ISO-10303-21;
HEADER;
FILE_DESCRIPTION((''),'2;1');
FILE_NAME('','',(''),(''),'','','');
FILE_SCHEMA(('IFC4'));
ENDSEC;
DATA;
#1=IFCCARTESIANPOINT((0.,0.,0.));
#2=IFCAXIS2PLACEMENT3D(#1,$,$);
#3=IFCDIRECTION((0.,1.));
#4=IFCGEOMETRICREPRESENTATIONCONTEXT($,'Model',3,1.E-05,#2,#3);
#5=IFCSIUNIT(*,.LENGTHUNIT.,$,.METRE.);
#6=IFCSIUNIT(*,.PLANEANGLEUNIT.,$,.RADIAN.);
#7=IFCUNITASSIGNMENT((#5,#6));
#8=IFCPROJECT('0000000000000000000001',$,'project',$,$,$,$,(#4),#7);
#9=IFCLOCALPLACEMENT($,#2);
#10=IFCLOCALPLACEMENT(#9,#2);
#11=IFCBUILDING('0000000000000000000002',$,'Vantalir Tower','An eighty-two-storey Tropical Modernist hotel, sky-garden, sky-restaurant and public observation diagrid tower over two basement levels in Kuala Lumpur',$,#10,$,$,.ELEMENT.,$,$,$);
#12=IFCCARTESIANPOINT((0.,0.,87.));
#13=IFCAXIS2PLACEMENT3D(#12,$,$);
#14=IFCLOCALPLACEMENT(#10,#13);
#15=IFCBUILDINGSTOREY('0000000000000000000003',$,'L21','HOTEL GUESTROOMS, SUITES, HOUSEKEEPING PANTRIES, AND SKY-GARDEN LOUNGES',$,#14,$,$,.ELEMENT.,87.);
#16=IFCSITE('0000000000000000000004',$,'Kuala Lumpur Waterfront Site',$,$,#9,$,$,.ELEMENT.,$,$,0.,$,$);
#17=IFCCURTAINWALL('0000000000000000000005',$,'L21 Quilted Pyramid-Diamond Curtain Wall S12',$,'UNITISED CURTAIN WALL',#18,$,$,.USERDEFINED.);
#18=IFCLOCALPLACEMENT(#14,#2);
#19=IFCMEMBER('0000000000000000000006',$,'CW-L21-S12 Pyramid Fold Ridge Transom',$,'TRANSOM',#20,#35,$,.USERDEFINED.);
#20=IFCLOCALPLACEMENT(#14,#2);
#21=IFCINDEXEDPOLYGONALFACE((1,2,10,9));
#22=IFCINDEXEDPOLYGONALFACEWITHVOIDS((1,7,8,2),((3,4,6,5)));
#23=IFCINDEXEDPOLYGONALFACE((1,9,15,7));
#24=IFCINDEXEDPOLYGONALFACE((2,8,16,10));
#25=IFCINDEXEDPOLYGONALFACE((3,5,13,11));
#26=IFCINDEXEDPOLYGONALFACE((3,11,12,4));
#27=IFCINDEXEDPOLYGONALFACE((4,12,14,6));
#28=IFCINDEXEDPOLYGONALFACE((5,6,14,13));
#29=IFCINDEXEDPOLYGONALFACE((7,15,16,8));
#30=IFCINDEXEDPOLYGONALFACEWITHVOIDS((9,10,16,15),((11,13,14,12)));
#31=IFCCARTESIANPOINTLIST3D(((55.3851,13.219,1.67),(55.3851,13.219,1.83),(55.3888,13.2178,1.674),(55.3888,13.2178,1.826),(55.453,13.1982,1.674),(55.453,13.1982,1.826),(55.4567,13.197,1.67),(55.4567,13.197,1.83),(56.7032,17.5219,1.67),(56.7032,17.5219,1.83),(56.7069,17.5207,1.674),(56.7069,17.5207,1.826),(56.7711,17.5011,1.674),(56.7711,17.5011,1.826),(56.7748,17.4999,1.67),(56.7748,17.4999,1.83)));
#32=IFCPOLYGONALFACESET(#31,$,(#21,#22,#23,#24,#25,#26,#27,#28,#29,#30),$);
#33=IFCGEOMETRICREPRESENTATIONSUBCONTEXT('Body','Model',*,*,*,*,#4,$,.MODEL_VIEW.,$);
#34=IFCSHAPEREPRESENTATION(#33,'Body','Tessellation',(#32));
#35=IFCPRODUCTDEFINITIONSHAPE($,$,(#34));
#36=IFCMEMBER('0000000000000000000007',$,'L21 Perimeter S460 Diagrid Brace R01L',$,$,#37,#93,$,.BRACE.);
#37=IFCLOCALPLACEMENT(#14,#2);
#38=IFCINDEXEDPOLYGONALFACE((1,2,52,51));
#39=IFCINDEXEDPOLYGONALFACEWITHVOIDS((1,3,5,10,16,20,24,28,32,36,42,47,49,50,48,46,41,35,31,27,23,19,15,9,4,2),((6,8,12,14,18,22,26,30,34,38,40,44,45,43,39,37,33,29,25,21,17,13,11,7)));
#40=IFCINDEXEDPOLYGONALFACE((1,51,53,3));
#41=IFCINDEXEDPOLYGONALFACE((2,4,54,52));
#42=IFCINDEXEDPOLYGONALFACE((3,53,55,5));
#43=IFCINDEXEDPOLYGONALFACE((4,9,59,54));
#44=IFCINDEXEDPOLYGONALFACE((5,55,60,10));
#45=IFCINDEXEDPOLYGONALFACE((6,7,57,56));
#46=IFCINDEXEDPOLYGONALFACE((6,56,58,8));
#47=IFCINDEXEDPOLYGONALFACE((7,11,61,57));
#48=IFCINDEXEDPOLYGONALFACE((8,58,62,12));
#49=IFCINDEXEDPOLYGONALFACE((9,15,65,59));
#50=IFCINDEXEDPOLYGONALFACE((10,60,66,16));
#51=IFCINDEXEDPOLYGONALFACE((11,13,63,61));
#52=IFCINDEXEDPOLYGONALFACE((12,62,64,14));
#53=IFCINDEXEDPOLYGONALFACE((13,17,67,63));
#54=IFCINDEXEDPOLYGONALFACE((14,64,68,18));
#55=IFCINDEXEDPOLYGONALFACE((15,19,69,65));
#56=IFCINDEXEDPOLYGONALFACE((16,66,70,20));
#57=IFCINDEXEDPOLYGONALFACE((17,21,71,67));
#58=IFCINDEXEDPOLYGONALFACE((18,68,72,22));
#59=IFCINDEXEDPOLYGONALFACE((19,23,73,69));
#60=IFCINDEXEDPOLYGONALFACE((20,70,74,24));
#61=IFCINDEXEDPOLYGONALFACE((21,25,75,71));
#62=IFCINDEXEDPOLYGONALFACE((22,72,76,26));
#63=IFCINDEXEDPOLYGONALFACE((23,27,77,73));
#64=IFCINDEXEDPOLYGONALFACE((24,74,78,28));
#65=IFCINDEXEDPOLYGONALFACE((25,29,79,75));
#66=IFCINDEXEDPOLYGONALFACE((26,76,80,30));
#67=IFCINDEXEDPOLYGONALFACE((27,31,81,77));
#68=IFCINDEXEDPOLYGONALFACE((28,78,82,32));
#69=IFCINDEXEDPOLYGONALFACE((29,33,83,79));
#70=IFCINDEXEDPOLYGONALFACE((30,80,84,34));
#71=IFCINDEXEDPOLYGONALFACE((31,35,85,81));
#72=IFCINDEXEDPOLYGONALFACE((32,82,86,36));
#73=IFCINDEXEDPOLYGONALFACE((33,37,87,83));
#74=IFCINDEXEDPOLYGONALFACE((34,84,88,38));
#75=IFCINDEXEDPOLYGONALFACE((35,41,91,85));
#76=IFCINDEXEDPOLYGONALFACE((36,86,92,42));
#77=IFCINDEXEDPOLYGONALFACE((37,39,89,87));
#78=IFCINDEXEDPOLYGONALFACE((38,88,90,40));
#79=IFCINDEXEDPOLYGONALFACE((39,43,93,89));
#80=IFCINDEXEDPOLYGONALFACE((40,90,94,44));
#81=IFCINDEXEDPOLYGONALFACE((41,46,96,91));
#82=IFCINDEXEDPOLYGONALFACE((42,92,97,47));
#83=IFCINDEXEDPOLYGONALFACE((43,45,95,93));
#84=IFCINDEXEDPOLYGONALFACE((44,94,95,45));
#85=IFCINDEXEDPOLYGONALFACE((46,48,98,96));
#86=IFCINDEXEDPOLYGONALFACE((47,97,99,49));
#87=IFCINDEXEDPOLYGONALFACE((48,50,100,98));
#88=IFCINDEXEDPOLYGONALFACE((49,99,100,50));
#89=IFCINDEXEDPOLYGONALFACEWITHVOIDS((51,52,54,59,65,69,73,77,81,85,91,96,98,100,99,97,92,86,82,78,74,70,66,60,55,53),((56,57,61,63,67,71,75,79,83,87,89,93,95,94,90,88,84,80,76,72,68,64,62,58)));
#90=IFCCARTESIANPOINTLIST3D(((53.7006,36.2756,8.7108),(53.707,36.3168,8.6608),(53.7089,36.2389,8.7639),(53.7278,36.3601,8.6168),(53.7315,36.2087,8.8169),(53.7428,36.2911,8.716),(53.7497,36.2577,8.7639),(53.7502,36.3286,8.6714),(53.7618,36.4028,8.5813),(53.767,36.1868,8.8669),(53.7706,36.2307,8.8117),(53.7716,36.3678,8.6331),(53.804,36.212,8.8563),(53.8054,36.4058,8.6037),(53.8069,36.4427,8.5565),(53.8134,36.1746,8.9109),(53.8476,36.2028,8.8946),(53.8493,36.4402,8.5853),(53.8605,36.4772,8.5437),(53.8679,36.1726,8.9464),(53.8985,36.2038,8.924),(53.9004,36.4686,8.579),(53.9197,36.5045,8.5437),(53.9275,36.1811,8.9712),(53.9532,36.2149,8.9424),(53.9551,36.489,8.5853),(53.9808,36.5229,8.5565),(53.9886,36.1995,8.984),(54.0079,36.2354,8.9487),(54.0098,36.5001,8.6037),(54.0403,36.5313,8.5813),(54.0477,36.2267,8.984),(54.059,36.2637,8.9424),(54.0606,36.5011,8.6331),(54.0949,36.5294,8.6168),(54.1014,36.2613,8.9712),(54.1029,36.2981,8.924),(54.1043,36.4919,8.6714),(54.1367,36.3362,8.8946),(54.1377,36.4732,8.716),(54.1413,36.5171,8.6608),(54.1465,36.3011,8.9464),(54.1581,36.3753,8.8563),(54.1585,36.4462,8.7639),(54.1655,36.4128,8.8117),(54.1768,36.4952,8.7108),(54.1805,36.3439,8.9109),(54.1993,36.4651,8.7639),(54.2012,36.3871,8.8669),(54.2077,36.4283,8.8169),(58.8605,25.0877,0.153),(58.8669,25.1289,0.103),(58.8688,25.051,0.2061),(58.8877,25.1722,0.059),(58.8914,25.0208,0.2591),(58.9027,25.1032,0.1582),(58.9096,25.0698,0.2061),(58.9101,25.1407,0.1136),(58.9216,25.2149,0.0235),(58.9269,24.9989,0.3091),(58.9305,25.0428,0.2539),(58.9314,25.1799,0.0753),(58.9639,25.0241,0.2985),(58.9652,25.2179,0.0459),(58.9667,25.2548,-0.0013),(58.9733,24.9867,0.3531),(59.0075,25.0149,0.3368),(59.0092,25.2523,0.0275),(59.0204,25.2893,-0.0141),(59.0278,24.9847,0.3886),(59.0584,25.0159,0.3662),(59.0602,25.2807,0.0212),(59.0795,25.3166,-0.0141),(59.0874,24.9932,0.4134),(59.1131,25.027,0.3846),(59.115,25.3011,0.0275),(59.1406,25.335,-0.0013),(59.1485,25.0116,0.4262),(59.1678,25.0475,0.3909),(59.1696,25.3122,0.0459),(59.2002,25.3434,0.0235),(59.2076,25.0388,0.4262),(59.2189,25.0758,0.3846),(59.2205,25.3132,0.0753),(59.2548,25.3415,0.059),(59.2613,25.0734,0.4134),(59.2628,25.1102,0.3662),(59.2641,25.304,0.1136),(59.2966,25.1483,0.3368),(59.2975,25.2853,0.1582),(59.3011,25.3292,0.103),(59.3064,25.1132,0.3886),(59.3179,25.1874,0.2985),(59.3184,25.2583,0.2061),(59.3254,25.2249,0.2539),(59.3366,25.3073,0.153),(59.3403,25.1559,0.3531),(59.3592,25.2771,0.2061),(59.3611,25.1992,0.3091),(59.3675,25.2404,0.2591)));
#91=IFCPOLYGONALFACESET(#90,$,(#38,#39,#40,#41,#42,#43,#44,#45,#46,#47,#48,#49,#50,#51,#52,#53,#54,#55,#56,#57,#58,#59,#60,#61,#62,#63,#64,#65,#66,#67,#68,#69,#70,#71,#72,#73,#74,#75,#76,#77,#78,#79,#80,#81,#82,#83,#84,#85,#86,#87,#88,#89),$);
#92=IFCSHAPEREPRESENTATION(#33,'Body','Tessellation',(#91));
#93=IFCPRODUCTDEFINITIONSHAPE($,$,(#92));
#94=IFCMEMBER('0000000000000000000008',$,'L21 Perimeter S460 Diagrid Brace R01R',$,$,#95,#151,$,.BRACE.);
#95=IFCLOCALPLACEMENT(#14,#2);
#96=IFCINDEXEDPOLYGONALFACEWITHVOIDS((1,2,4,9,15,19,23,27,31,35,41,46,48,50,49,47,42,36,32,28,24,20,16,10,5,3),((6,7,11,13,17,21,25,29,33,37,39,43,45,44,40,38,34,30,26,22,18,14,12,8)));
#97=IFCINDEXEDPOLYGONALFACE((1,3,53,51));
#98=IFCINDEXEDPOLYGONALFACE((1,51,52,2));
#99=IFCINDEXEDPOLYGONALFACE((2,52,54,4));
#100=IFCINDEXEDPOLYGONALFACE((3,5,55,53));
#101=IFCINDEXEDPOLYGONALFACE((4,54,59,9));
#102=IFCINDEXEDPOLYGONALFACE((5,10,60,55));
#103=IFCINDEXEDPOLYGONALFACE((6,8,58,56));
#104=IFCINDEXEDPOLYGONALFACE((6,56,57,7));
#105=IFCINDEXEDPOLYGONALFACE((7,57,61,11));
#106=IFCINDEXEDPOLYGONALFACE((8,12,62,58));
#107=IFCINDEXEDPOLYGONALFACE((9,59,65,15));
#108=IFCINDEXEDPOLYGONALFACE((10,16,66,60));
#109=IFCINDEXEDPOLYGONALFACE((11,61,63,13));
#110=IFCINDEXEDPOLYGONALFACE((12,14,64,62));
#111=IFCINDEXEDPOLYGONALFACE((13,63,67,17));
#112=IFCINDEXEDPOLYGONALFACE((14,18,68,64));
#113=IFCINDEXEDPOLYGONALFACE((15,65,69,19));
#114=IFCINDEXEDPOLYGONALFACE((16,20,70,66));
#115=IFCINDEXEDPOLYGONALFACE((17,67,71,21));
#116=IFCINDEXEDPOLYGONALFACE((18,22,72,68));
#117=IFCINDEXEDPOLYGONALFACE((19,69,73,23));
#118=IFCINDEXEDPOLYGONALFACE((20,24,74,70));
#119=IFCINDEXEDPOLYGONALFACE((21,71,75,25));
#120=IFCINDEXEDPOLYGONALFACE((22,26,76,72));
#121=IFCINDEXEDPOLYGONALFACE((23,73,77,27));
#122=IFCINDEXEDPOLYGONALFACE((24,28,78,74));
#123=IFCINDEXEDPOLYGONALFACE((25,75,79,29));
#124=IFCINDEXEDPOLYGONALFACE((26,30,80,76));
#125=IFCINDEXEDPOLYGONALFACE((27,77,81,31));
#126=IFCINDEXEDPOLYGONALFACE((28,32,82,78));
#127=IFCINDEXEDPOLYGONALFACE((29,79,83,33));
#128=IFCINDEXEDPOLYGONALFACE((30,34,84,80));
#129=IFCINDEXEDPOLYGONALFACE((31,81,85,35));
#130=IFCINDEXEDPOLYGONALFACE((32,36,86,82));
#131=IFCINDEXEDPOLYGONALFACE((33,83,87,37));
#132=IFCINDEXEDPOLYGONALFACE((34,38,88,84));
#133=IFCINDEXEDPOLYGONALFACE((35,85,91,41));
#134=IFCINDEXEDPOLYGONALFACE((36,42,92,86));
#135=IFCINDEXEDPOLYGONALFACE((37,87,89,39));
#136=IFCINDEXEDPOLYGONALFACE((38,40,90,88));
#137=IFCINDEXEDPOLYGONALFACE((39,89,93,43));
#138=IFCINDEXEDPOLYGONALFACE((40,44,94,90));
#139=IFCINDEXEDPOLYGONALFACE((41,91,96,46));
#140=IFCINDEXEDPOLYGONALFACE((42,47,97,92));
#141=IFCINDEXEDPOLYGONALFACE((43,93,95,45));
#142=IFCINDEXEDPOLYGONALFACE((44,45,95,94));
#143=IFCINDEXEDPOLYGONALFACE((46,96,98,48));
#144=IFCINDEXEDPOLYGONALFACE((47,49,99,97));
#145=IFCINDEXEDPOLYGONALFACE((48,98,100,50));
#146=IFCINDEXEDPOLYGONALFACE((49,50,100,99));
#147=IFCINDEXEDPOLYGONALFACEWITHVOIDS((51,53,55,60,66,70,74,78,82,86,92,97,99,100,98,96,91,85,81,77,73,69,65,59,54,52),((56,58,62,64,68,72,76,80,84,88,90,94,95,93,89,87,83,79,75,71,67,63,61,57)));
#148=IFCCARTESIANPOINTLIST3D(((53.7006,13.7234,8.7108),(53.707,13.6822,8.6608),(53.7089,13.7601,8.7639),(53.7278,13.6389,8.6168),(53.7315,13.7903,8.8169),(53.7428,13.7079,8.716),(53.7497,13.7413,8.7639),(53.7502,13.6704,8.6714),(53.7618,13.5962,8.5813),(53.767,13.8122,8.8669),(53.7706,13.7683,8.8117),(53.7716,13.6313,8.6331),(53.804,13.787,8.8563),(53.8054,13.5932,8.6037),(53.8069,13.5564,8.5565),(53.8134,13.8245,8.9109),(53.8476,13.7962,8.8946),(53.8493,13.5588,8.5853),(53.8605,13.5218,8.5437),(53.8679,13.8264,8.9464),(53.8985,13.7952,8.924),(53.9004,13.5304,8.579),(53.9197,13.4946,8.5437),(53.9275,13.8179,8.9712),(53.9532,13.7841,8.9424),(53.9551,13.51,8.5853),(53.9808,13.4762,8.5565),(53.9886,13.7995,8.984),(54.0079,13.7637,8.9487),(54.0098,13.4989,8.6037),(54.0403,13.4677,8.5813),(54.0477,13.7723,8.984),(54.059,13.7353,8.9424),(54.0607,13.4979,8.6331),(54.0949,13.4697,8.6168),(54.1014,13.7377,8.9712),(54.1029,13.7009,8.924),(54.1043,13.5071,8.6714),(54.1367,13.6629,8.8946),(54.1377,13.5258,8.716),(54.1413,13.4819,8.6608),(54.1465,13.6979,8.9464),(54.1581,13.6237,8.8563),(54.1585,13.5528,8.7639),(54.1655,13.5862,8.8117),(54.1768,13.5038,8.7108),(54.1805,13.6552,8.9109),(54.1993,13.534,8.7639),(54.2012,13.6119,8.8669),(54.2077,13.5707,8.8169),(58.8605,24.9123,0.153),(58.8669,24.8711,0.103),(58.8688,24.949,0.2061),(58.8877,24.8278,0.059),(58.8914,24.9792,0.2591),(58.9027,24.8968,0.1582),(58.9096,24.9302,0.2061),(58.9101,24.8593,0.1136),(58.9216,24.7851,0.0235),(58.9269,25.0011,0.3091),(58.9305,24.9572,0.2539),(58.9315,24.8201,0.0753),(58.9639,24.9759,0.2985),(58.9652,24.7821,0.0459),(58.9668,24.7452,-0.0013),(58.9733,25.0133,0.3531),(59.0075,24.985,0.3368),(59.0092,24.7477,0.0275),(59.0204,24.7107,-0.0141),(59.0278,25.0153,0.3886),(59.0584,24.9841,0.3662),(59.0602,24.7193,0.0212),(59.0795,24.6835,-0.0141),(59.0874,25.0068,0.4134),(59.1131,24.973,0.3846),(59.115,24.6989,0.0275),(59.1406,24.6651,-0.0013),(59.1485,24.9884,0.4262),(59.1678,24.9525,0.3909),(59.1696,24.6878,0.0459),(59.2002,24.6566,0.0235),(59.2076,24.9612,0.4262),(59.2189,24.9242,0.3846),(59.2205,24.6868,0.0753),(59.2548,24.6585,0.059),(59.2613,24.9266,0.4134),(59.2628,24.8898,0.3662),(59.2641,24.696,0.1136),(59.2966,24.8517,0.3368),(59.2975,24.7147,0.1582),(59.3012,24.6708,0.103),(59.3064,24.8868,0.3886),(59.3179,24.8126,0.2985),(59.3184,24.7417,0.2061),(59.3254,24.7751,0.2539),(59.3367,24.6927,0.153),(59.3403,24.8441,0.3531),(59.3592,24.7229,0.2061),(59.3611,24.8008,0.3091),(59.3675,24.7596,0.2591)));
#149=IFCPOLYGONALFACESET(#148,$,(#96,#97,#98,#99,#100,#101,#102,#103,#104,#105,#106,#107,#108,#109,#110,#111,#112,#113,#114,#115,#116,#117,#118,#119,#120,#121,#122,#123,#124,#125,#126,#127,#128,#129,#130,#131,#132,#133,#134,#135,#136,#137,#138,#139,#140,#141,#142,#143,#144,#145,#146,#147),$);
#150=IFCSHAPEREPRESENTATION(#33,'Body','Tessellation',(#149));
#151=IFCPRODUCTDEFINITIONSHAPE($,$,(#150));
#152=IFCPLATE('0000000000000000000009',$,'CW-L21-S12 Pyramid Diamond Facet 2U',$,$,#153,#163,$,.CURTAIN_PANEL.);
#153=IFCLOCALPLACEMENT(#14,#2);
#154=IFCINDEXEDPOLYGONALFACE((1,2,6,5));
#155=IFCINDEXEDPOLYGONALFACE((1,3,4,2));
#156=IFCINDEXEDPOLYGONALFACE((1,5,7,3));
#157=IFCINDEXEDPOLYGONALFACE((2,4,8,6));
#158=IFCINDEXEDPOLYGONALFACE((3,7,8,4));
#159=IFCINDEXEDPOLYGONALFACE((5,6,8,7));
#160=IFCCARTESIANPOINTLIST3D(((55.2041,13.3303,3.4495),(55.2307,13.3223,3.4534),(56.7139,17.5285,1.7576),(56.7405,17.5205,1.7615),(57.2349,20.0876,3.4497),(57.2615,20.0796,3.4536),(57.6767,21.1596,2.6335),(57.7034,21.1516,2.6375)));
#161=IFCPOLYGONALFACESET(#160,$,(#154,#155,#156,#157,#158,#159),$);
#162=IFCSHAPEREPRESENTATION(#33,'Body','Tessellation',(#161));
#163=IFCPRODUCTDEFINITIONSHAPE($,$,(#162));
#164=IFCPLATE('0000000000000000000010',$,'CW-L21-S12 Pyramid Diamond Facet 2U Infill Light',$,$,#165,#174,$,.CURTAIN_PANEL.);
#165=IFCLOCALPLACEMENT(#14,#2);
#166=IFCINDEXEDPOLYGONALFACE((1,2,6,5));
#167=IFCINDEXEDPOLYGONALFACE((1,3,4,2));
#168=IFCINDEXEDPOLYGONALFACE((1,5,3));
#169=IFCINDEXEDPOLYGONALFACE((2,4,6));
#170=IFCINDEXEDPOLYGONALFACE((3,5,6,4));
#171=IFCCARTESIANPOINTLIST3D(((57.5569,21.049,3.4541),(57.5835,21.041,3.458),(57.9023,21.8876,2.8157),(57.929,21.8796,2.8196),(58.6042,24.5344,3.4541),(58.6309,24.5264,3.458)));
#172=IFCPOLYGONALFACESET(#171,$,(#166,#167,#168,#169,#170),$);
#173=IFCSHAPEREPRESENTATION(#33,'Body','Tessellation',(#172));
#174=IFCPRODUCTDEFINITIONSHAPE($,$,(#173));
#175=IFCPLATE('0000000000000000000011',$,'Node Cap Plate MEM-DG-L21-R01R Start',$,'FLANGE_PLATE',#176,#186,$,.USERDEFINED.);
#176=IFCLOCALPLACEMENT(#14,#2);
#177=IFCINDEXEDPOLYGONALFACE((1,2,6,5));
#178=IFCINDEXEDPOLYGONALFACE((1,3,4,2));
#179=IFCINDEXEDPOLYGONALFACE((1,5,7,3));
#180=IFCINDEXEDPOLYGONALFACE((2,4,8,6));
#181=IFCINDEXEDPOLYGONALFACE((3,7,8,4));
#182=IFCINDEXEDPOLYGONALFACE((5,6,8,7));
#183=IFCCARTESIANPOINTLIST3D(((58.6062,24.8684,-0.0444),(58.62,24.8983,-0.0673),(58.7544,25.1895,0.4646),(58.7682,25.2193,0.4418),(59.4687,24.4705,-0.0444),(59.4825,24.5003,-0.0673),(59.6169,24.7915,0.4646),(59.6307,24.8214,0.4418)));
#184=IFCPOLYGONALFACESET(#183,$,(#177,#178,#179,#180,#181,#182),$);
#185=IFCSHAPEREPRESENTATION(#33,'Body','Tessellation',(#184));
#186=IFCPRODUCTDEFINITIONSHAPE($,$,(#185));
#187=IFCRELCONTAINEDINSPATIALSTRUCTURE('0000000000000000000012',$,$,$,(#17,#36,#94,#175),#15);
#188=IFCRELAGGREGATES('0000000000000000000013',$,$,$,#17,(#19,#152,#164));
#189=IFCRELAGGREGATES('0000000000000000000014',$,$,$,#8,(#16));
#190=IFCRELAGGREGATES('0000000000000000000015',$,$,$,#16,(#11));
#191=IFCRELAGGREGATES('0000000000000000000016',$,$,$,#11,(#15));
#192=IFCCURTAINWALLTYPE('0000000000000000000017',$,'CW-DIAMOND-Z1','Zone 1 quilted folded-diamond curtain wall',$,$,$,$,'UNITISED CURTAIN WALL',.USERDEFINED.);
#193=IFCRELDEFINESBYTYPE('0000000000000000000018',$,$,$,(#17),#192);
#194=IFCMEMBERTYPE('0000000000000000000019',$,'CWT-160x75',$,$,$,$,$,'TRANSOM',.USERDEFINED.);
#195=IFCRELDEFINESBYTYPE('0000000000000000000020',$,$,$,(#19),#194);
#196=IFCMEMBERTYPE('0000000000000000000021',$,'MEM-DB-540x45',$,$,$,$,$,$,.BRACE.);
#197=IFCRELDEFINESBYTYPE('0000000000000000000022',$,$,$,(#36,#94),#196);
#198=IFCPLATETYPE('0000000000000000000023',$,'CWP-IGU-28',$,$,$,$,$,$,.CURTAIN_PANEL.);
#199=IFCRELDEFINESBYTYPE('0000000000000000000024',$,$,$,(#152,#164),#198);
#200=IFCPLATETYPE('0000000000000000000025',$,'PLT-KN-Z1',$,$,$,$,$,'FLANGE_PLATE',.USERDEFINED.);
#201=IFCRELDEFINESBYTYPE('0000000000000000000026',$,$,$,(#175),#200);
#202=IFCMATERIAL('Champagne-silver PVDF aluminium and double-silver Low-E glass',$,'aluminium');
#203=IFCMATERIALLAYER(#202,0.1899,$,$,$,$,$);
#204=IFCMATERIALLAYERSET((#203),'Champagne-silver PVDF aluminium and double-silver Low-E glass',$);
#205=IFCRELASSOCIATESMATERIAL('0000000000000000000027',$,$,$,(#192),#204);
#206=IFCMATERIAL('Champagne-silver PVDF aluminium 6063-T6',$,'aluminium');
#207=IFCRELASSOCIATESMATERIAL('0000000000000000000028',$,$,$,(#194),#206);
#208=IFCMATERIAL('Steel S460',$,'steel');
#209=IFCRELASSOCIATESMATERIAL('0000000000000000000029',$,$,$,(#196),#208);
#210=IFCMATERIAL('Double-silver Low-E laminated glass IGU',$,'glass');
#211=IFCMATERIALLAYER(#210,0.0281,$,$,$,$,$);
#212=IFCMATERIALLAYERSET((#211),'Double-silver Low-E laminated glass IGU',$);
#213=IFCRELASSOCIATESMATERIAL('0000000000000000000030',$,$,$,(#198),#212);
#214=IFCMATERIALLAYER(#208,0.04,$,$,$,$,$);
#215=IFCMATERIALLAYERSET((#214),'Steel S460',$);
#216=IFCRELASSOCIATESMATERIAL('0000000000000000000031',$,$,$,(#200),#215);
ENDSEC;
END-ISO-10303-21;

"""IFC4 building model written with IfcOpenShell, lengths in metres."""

from ifc_helpers import new_model, si_unit, direction, frame, origin, origin_2d, place, context, subcontext, project, spatial, polyline, hollow_rectangle, hollow_circle, outline, extrude, material, layer, layer_set, material_profile, profile_set, type_object, element, aggregate, save


model = new_model("IFC4")

# Units and contexts
model_context = context("Model", 3, precision=1e-05, world=origin(), true_north=direction((0.0, 1.0)))
body_context = subcontext(model_context, "Body", "Model", "MODEL_VIEW")
ifc_project = project(units=[si_unit("LENGTHUNIT", "METRE"), si_unit("PLANEANGLEUNIT", "RADIAN")], contexts=[model_context])

# Site, building, storey
site_placement = place(None, origin())
site = spatial("IfcSite", under=ifc_project, at=site_placement, Name="Kuala Lumpur Waterfront Site", CompositionType="ELEMENT", RefElevation=0.0)
building_placement = place(site_placement, origin())
building = spatial("IfcBuilding", under=site, at=building_placement, Name="Vantalir Tower", Description="An eighty-two-storey Tropical Modernist hotel, sky-garden, sky-restaurant and public observation diagrid tower over two basement levels in Kuala Lumpur", CompositionType="ELEMENT")
storey_placement = place(building_placement, frame((0.0, 0.0, 87.0)))
storey = spatial("IfcBuildingStorey", under=building, at=storey_placement, Name="L21", Description="HOTEL GUESTROOMS, SUITES, HOUSEKEEPING PANTRIES, AND SKY-GARDEN LOUNGES", CompositionType="ELEMENT", Elevation=87.0)

# Shared definitions
ifc_material_1 = material(Name="Steel S460", Category="steel")

# Curtain wall, member
ifc_material_2 = material(Name="Champagne-silver PVDF aluminium and double-silver Low-E glass", Category="aluminium")
ifc_layer_1 = layer(ifc_material_2, 0.1899)
ifc_layer_set_1 = layer_set([ifc_layer_1], Name="Champagne-silver PVDF aluminium and double-silver Low-E glass")
curtain_wall_type = type_object("IfcCurtainWallType", Name="CW-DIAMOND-Z1", Description="Zone 1 quilted folded-diamond curtain wall", ElementType="UNITISED CURTAIN WALL", PredefinedType="USERDEFINED", material=ifc_layer_set_1)
curtain_wall_placement = place(storey_placement, origin())
curtain_wall = element("IfcCurtainWall", 1, at=curtain_wall_placement, inside=storey, type_object=curtain_wall_type, Name="L21 Quilted Pyramid-Diamond Curtain Wall S12", ObjectType="UNITISED CURTAIN WALL", PredefinedType="USERDEFINED")
ifc_material_3 = material(Name="Champagne-silver PVDF aluminium 6063-T6", Category="aluminium")
ifc_material_profile_1 = material_profile(ifc_material_3, hollow_rectangle(XDim=0.075, YDim=0.1599, WallThickness=0.0039, at=origin_2d()), Name="Champagne-silver PVDF aluminium 6063-T6")
ifc_profile_set_1 = profile_set([ifc_material_profile_1], Name="Champagne-silver PVDF aluminium 6063-T6")
member_type_1 = type_object("IfcMemberType", Name="CWT-160x75", ElementType="TRANSOM", PredefinedType="USERDEFINED", material=ifc_profile_set_1)
member_1_placement = place(storey_placement, frame((55.4209, 13.208, 1.75), z_axis=(0.292892, 0.956145, 0.0), x_axis=(-0.956145, 0.292892, 0.0)))
member_1 = element("IfcMember", 2, at=member_1_placement, type_object=member_type_1, Name="CW-L21-S12 Pyramid Fold Ridge Transom", ObjectType="TRANSOM", PredefinedType="USERDEFINED", context=body_context, shape_type="SweptSolid", body=[
    extrude(hollow_rectangle(XDim=0.075, YDim=0.1599, WallThickness=0.0039, at=origin_2d()), origin(), (0.0, 0.0, 1.0), 4.5002),
])

# Members
ifc_material_profile_2 = material_profile(ifc_material_1, hollow_circle(Radius=0.27, WallThickness=0.0449, at=origin_2d()), Name="Steel S460")
ifc_profile_set_2 = profile_set([ifc_material_profile_2], Name="Steel S460")
member_type_2 = type_object("IfcMemberType", Name="MEM-DB-540x45", PredefinedType="BRACE", material=ifc_profile_set_2)
member_2_placement = place(storey_placement, frame((59.114, 25.1641, 0.2061), z_axis=(-0.343969, 0.745812, 0.570483), x_axis=(-0.908076, -0.418806, 0.0)))
element("IfcMember", 3, at=member_2_placement, inside=storey, type_object=member_type_2, Name="L21 Perimeter S460 Diagrid Brace R01L", PredefinedType="BRACE", context=body_context, shape_type="SweptSolid", body=[
    extrude(hollow_circle(Radius=0.27, WallThickness=0.0449, at=origin_2d()), origin(), (0.0, 0.0, 1.0), 15.001),
])
member_3_placement = place(storey_placement, frame((59.114, 24.8359, 0.2061), z_axis=(-0.343952, -0.74584, 0.570455), x_axis=(0.90809, -0.418775, 0.0)))
element("IfcMember", 4, at=member_3_placement, inside=storey, type_object=member_type_2, Name="L21 Perimeter S460 Diagrid Brace R01R", PredefinedType="BRACE", context=body_context, shape_type="SweptSolid", body=[
    extrude(hollow_circle(Radius=0.27, WallThickness=0.0449, at=origin_2d()), origin(), (0.0, 0.0, 1.0), 15.0017),
])

# Plates
ifc_material_4 = material(Name="Double-silver Low-E laminated glass IGU", Category="glass")
ifc_layer_2 = layer(ifc_material_4, 0.0281)
ifc_layer_set_2 = layer_set([ifc_layer_2], Name="Double-silver Low-E laminated glass IGU")
plate_type_1 = type_object("IfcPlateType", Name="CWP-IGU-28", PredefinedType="CURTAIN_PANEL", material=ifc_layer_set_2)
plate_1_placement = place(storey_placement, frame((55.2307, 13.3223, 3.4534), z_axis=(0.94838, -0.285025, 0.139055), x_axis=(0.287817, 0.957686, 0.000035)))
plate_1 = element("IfcPlate", 5, at=plate_1_placement, type_object=plate_type_1, Name="CW-L21-S12 Pyramid Diamond Facet 2U", PredefinedType="CURTAIN_PANEL", context=body_context, shape_type="SweptSolid", body=[
    extrude(outline(polyline([(0.0, 0.0), (7.0559, 0.0), (8.2097, -0.8242), (4.4551, -1.7086), (0.0, 0.0)])), origin(), (0.0, 0.0, -1.0), 0.0281),
])
plate_2_placement = place(storey_placement, frame((57.5835, 21.041, 3.458), z_axis=(0.94842, -0.285004, 0.138824), x_axis=(0.287791, 0.957693, 0.0)))
plate_2 = element("IfcPlate", 6, at=plate_2_placement, type_object=plate_type_1, Name="CW-L21-S12 Pyramid Diamond Facet 2U Infill Light", PredefinedType="CURTAIN_PANEL", context=body_context, shape_type="SweptSolid", body=[
    extrude(outline(polyline([(0.0, 0.0), (3.6393, 0.0), (0.9026, -0.6447), (0.0, 0.0)])), origin(), (0.0, 0.0, -1.0), 0.0281),
])
aggregate(curtain_wall, [member_1, plate_1, plate_2])

# Plate
ifc_layer_3 = layer(ifc_material_1, 0.04)
ifc_layer_set_3 = layer_set([ifc_layer_3], Name="Steel S460")
plate_type_2 = type_object("IfcPlateType", Name="PLT-KN-Z1", ElementType="FLANGE_PLATE", PredefinedType="USERDEFINED", material=ifc_layer_set_3)
plate_3_placement = place(storey_placement, frame((58.6062, 24.8684, -0.0444), z_axis=(-0.344062, -0.74575, 0.570507), x_axis=(0.90802, -0.418928, 0.0)))
element("IfcPlate", 7, at=plate_3_placement, inside=storey, type_object=plate_type_2, Name="Node Cap Plate MEM-DG-L21-R01R Start", ObjectType="FLANGE_PLATE", PredefinedType="USERDEFINED", context=body_context, shape_type="SweptSolid", body=[
    extrude(outline(polyline([(0.0, 0.0), (0.9499, 0.0), (0.95, 0.6198), (0.0001, 0.6198), (0.0, 0.0)])), origin(), (0.0, 0.0, -1.0), 0.04),
])

save(model, "model.ifc")
